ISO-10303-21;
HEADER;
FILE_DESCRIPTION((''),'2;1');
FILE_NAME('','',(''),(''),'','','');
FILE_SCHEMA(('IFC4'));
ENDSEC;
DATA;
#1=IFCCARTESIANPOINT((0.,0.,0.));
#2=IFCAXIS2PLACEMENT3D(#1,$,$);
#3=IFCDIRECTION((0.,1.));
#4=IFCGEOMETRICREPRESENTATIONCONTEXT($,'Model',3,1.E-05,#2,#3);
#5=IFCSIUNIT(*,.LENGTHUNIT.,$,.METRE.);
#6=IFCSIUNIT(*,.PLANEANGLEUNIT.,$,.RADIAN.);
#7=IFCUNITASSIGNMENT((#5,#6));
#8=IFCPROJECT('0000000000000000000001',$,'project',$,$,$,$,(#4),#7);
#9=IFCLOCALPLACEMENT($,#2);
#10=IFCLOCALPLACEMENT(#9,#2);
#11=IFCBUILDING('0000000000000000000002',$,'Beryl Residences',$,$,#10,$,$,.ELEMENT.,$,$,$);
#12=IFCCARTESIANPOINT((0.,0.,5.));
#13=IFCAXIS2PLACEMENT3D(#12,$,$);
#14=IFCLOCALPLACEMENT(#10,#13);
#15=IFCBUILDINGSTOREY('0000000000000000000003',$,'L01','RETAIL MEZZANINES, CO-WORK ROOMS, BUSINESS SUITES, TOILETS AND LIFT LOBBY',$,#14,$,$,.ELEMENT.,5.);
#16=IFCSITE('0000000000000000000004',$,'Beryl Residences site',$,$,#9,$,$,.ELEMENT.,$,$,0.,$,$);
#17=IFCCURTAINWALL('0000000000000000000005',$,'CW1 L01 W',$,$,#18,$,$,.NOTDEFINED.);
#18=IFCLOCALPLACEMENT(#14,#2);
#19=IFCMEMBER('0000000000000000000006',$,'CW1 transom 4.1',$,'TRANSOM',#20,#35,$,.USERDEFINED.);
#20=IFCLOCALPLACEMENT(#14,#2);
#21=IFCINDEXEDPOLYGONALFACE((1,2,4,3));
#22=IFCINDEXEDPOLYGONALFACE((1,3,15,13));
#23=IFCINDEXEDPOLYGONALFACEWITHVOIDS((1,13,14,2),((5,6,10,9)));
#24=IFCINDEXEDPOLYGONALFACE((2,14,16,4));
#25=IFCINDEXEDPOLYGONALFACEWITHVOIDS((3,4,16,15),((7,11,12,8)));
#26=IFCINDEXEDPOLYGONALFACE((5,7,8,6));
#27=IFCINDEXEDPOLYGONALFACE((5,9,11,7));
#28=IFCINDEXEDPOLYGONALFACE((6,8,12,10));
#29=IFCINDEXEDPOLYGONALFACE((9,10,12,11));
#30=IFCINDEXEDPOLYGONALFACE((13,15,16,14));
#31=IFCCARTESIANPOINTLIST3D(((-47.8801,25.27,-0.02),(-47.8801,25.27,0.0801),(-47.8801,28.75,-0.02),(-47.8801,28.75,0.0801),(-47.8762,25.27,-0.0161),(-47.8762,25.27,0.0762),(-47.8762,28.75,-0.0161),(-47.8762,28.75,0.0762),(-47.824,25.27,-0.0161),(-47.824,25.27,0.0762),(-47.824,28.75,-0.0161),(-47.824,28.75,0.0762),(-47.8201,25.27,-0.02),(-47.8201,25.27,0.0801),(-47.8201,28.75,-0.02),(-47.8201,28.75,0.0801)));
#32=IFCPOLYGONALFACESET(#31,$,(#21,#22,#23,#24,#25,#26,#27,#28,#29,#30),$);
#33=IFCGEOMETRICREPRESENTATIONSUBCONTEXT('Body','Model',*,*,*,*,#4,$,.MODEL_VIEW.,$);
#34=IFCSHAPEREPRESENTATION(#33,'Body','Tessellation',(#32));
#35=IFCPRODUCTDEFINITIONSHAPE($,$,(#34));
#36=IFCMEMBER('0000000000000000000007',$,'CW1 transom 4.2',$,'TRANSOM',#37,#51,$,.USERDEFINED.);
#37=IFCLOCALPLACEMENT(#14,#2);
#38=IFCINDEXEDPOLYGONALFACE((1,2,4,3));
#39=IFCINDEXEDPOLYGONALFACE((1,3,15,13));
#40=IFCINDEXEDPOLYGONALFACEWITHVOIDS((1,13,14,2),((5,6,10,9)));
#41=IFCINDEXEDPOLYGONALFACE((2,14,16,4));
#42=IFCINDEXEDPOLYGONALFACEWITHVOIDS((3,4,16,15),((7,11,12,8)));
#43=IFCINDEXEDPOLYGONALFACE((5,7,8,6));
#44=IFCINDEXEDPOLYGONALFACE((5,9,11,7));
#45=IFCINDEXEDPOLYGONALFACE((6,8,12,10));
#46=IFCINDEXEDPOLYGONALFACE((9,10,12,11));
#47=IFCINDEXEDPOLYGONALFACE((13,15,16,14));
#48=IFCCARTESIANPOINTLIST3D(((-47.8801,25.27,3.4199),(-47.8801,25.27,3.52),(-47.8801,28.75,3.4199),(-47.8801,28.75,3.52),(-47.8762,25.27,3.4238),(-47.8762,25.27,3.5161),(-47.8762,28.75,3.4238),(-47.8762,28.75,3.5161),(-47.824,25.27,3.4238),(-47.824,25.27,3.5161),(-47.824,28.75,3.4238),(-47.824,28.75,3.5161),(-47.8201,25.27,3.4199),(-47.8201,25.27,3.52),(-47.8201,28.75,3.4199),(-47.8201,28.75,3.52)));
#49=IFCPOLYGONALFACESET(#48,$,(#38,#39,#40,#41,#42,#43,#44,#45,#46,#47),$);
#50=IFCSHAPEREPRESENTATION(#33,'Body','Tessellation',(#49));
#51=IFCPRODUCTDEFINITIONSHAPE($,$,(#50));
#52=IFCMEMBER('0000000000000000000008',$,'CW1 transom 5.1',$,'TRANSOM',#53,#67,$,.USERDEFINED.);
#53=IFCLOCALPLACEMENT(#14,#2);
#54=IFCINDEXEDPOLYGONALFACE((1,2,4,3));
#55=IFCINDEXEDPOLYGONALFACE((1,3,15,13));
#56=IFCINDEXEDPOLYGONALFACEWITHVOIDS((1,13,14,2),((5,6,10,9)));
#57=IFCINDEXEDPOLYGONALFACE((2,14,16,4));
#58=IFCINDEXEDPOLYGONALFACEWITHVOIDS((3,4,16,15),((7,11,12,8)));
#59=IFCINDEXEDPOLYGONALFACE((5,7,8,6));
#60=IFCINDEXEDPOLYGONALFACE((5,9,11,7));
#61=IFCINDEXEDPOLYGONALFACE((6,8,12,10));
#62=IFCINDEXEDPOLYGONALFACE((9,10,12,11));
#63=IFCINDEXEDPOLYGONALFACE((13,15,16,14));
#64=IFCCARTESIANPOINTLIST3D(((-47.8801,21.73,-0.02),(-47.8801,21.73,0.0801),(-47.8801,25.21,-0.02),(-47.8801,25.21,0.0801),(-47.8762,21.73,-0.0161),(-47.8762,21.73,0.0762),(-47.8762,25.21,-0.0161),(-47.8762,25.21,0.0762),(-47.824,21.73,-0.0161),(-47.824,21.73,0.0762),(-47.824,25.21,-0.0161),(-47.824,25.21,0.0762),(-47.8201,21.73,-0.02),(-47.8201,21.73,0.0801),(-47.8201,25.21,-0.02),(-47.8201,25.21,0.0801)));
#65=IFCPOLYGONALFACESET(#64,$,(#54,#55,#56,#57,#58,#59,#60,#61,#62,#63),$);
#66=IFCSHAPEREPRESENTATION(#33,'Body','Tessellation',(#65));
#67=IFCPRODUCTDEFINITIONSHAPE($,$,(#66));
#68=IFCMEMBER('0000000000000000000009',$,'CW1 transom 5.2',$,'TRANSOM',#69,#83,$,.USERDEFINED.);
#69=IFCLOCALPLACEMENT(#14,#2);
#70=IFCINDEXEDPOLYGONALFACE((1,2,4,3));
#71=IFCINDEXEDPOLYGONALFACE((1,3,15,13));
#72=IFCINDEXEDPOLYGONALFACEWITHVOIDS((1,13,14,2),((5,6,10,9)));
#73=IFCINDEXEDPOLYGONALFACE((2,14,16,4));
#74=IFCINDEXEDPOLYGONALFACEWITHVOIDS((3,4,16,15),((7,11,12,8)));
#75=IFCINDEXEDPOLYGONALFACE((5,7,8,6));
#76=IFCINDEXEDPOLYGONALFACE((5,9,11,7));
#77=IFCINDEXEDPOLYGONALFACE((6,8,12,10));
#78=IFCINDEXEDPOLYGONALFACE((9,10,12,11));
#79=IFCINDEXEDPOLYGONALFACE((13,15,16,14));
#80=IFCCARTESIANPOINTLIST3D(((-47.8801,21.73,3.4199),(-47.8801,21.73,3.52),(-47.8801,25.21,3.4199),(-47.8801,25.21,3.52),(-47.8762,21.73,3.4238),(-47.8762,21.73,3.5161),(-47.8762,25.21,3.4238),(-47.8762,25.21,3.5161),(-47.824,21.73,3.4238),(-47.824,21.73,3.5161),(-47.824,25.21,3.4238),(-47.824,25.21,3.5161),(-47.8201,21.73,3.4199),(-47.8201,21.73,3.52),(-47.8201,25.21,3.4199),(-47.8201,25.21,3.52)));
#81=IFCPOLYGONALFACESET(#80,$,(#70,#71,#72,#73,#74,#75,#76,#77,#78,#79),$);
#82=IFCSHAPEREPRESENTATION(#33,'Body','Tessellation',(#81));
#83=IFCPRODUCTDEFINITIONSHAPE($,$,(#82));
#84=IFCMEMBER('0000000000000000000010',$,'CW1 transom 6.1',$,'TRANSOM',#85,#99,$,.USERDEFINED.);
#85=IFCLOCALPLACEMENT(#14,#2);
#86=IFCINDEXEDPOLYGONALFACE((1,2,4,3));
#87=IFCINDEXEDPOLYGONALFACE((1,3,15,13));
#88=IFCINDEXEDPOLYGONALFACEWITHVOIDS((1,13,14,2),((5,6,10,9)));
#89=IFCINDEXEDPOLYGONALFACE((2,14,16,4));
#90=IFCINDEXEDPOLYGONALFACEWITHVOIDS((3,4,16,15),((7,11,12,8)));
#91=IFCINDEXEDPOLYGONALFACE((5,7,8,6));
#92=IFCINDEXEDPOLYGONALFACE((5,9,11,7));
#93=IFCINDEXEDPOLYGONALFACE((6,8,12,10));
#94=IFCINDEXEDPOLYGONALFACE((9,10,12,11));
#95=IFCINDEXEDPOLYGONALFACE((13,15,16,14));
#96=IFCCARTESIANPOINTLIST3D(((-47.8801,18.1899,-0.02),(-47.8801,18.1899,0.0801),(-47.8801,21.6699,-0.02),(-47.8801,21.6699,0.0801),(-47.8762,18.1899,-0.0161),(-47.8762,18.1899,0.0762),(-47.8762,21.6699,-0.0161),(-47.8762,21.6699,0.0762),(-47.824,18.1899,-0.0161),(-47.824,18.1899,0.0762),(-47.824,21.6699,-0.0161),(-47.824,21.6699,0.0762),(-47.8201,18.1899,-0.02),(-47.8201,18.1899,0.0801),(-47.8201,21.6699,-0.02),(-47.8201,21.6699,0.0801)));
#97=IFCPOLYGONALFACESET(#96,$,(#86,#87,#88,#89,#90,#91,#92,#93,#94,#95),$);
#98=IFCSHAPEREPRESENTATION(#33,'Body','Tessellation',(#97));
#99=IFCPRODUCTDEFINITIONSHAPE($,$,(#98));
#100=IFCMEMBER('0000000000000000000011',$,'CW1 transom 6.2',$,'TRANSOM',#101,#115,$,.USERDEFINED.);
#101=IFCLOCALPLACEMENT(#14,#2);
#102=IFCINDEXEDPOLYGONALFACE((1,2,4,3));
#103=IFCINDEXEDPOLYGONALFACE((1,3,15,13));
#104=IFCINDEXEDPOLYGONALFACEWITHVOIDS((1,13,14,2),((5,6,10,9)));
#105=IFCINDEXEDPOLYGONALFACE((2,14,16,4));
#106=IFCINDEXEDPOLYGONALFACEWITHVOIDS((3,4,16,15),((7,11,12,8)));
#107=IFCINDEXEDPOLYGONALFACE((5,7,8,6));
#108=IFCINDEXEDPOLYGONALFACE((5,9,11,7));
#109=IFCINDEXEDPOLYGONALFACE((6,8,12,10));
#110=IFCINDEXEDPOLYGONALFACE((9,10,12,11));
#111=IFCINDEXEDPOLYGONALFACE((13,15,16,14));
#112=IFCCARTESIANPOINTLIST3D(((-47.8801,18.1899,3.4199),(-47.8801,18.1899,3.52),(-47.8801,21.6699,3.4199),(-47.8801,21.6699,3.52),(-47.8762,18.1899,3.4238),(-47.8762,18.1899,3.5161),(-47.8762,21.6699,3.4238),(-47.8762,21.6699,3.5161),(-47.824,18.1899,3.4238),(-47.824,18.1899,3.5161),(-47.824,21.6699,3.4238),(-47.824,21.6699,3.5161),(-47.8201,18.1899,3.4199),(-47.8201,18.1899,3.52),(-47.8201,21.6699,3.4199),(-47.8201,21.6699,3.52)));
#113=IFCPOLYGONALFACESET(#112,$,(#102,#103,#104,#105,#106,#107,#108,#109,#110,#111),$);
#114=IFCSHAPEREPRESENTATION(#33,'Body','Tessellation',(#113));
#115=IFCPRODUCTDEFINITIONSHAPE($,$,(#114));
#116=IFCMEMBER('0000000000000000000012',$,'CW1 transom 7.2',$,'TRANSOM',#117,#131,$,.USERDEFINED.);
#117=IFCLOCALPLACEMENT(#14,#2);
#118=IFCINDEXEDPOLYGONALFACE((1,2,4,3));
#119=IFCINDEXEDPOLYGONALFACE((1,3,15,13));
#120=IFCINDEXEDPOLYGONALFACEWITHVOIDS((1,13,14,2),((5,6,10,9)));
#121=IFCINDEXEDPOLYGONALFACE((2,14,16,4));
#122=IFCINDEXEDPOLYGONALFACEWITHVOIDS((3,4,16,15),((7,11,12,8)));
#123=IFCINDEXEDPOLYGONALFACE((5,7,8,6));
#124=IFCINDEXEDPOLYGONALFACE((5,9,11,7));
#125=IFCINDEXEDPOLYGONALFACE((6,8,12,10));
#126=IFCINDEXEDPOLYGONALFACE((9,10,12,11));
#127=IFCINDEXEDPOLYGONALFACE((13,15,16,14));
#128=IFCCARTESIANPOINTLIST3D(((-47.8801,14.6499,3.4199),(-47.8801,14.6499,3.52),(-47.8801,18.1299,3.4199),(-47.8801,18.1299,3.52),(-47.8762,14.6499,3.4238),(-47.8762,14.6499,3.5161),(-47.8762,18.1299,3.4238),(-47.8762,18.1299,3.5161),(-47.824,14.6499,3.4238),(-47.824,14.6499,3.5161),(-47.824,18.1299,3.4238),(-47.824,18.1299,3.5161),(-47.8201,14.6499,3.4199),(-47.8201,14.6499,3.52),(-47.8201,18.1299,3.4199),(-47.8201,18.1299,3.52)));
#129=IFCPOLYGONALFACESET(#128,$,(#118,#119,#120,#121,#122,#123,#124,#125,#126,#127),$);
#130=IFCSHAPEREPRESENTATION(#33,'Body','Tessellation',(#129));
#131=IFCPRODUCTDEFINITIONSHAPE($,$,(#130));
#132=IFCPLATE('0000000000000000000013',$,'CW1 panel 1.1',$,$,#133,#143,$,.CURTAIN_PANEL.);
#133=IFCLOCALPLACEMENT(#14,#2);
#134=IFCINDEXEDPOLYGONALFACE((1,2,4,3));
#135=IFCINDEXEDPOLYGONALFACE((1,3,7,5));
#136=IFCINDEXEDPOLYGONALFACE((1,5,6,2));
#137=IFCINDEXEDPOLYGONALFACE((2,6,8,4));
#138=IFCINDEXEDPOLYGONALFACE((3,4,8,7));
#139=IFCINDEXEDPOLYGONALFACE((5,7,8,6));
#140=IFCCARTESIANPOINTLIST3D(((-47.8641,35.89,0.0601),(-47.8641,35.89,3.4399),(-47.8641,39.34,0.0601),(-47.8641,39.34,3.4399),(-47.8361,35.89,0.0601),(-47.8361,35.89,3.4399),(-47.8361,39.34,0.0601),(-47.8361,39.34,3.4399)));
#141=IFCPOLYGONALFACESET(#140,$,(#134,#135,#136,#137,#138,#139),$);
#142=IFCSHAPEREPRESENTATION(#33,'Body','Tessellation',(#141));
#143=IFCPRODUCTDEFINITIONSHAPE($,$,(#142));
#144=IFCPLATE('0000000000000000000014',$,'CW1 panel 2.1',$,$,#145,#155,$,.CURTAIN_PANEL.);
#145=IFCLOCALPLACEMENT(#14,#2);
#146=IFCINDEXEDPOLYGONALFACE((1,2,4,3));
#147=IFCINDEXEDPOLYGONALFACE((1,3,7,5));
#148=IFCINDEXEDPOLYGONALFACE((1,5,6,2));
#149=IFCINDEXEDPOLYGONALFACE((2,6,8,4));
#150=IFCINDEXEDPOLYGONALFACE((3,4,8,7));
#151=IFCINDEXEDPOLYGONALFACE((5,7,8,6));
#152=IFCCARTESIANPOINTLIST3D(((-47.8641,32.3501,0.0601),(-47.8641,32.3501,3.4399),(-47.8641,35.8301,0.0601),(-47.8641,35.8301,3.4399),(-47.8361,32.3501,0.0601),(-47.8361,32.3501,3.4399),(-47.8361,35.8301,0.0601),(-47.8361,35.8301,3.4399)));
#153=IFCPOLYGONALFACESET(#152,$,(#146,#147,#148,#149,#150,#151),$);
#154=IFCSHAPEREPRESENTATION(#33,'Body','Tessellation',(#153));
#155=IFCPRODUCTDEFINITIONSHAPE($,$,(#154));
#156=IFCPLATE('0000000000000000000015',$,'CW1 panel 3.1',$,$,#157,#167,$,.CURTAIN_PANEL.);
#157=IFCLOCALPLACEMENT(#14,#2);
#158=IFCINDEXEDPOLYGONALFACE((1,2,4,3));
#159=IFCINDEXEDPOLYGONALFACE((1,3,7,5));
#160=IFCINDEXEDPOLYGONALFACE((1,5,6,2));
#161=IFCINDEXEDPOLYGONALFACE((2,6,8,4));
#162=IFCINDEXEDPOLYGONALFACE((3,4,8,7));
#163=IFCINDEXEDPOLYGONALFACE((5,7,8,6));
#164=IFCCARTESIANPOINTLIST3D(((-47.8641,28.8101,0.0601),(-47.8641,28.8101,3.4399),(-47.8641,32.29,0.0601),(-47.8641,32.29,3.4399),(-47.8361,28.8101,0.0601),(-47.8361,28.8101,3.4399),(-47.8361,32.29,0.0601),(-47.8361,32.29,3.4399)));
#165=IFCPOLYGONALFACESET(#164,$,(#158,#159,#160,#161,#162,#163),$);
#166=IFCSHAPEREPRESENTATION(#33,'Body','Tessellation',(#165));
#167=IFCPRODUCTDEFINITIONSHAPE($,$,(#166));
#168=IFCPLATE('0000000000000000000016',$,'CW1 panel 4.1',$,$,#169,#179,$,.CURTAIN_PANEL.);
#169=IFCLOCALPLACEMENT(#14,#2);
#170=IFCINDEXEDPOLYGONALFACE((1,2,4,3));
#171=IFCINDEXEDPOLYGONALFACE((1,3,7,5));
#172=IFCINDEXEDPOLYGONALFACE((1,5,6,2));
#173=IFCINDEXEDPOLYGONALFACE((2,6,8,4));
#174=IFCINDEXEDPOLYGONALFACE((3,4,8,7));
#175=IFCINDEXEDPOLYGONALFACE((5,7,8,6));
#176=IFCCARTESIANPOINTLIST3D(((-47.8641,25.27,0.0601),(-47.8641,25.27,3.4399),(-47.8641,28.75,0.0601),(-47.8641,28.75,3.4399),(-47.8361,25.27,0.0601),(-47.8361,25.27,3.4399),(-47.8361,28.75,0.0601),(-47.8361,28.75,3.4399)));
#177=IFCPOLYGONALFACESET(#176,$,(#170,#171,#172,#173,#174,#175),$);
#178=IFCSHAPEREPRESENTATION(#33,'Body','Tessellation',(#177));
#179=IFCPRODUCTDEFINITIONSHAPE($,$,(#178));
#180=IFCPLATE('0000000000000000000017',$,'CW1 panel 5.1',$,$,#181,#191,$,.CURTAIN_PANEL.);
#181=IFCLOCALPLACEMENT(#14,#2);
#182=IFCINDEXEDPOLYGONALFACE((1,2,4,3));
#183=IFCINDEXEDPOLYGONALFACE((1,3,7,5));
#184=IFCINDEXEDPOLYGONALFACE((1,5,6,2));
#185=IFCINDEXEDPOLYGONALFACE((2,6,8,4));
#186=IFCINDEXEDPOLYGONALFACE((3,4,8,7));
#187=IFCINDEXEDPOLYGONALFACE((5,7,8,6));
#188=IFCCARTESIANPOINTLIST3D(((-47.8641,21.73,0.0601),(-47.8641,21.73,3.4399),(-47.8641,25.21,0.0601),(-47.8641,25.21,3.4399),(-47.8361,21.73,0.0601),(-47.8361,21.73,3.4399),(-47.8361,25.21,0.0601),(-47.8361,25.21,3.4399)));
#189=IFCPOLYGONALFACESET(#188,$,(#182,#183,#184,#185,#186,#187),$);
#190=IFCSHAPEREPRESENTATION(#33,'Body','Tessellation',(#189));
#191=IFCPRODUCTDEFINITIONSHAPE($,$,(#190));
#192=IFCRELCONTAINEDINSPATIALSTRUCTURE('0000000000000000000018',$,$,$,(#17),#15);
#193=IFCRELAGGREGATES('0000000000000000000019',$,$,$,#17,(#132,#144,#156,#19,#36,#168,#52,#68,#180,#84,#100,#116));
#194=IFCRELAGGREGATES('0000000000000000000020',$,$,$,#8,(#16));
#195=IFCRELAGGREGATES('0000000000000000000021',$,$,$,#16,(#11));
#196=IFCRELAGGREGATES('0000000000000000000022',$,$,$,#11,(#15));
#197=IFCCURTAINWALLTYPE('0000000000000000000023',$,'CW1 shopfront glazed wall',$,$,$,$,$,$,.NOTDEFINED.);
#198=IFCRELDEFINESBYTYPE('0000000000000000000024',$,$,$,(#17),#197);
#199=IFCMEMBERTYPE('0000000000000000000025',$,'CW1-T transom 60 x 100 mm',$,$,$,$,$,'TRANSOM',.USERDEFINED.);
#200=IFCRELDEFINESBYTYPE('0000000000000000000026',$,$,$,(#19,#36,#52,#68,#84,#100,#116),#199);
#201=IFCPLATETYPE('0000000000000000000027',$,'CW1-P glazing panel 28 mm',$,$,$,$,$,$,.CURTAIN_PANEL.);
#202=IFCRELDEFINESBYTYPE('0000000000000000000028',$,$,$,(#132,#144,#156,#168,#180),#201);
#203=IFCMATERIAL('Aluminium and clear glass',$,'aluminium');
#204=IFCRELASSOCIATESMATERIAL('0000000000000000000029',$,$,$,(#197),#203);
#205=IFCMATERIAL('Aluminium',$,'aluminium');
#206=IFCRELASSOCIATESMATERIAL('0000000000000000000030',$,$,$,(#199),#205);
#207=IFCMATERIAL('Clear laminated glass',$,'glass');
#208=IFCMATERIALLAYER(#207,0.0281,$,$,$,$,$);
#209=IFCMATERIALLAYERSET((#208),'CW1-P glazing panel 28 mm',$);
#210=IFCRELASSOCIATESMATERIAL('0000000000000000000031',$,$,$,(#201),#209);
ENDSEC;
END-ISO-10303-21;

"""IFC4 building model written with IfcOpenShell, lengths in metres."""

from ifc_helpers import new_model, si_unit, direction, frame, origin, origin_2d, place, context, subcontext, project, spatial, rectangle, hollow_rectangle, extrude, material, layer, layer_set, material_profile, profile_set, type_object, element, aggregate, save


model = new_model("IFC4")

# Units and contexts
model_context = context("Model", 3, precision=1e-05, world=origin(), true_north=direction((0.0, 1.0)))
body_context = subcontext(model_context, "Body", "Model", "MODEL_VIEW")
ifc_project = project(units=[si_unit("LENGTHUNIT", "METRE"), si_unit("PLANEANGLEUNIT", "RADIAN")], contexts=[model_context])

# Site, building, storey
site_placement = place(None, origin())
site = spatial("IfcSite", under=ifc_project, at=site_placement, Name="Beryl Residences site", CompositionType="ELEMENT", RefElevation=0.0)
building_placement = place(site_placement, origin())
building = spatial("IfcBuilding", under=site, at=building_placement, Name="Beryl Residences", CompositionType="ELEMENT")
storey_placement = place(building_placement, frame((0.0, 0.0, 5.0)))
storey = spatial("IfcBuildingStorey", under=building, at=storey_placement, Name="L01", Description="RETAIL MEZZANINES, CO-WORK ROOMS, BUSINESS SUITES, TOILETS AND LIFT LOBBY", CompositionType="ELEMENT", Elevation=5.0)

# Curtain wall, members, plates
ifc_material_1 = material(Name="Aluminium and clear glass", Category="aluminium")
curtain_wall_type = type_object("IfcCurtainWallType", Name="CW1 shopfront glazed wall", PredefinedType="NOTDEFINED", material=ifc_material_1)
curtain_wall_placement = place(storey_placement, origin())
curtain_wall = element("IfcCurtainWall", 1, at=curtain_wall_placement, inside=storey, type_object=curtain_wall_type, Name="CW1 L01 W", PredefinedType="NOTDEFINED")
ifc_material_2 = material(Name="Aluminium", Category="aluminium")
ifc_material_profile_1 = material_profile(ifc_material_2, hollow_rectangle(XDim=0.0601, YDim=0.1001, WallThickness=0.0039, at=origin_2d()))
ifc_profile_set_1 = profile_set([ifc_material_profile_1], Name="Aluminium")
member_type_1 = type_object("IfcMemberType", Name="CW1-T transom 60 x 100 mm", ElementType="TRANSOM", PredefinedType="USERDEFINED", material=ifc_profile_set_1)
member_1_placement = place(storey_placement, frame((-47.8501, 28.75, 0.03), z_axis=(0.0, -1.0, 0.0), x_axis=(1.0, 0.0, 0.0)))
member_1 = element("IfcMember", 2, at=member_1_placement, type_object=member_type_1, Name="CW1 transom 4.1", ObjectType="TRANSOM", PredefinedType="USERDEFINED", context=body_context, shape_type="SweptSolid", body=[
    extrude(hollow_rectangle(XDim=0.0601, YDim=0.1001, WallThickness=0.0039, at=origin_2d()), origin(), (0.0, 0.0, 1.0), 3.48),
])
member_2_placement = place(storey_placement, frame((-47.8501, 28.75, 3.47), z_axis=(0.0, -1.0, 0.0), x_axis=(1.0, 0.0, 0.0)))
member_2 = element("IfcMember", 3, at=member_2_placement, type_object=member_type_1, Name="CW1 transom 4.2", ObjectType="TRANSOM", PredefinedType="USERDEFINED", context=body_context, shape_type="SweptSolid", body=[
    extrude(hollow_rectangle(XDim=0.0601, YDim=0.1001, WallThickness=0.0039, at=origin_2d()), origin(), (0.0, 0.0, 1.0), 3.48),
])
member_3_placement = place(storey_placement, frame((-47.8501, 25.21, 0.03), z_axis=(0.0, -1.0, 0.0), x_axis=(1.0, 0.0, 0.0)))
member_3 = element("IfcMember", 4, at=member_3_placement, type_object=member_type_1, Name="CW1 transom 5.1", ObjectType="TRANSOM", PredefinedType="USERDEFINED", context=body_context, shape_type="SweptSolid", body=[
    extrude(hollow_rectangle(XDim=0.0601, YDim=0.1001, WallThickness=0.0039, at=origin_2d()), origin(), (0.0, 0.0, 1.0), 3.48),
])
member_4_placement = place(storey_placement, frame((-47.8501, 25.21, 3.47), z_axis=(0.0, -1.0, 0.0), x_axis=(1.0, 0.0, 0.0)))
member_4 = element("IfcMember", 5, at=member_4_placement, type_object=member_type_1, Name="CW1 transom 5.2", ObjectType="TRANSOM", PredefinedType="USERDEFINED", context=body_context, shape_type="SweptSolid", body=[
    extrude(hollow_rectangle(XDim=0.0601, YDim=0.1001, WallThickness=0.0039, at=origin_2d()), origin(), (0.0, 0.0, 1.0), 3.48),
])
member_5_placement = place(storey_placement, frame((-47.8501, 21.6699, 0.03), z_axis=(0.0, -1.0, 0.0), x_axis=(1.0, 0.0, 0.0)))
member_5 = element("IfcMember", 6, at=member_5_placement, type_object=member_type_1, Name="CW1 transom 6.1", ObjectType="TRANSOM", PredefinedType="USERDEFINED", context=body_context, shape_type="SweptSolid", body=[
    extrude(hollow_rectangle(XDim=0.0601, YDim=0.1001, WallThickness=0.0039, at=origin_2d()), origin(), (0.0, 0.0, 1.0), 3.48),
])
member_6_placement = place(storey_placement, frame((-47.8501, 21.6699, 3.47), z_axis=(0.0, -1.0, 0.0), x_axis=(1.0, 0.0, 0.0)))
member_6 = element("IfcMember", 7, at=member_6_placement, type_object=member_type_1, Name="CW1 transom 6.2", ObjectType="TRANSOM", PredefinedType="USERDEFINED", context=body_context, shape_type="SweptSolid", body=[
    extrude(hollow_rectangle(XDim=0.0601, YDim=0.1001, WallThickness=0.0039, at=origin_2d()), origin(), (0.0, 0.0, 1.0), 3.48),
])
member_7_placement = place(storey_placement, frame((-47.8501, 18.1299, 3.47), z_axis=(0.0, -1.0, 0.0), x_axis=(1.0, 0.0, 0.0)))
member_7 = element("IfcMember", 8, at=member_7_placement, type_object=member_type_1, Name="CW1 transom 7.2", ObjectType="TRANSOM", PredefinedType="USERDEFINED", context=body_context, shape_type="SweptSolid", body=[
    extrude(hollow_rectangle(XDim=0.0601, YDim=0.1001, WallThickness=0.0039, at=origin_2d()), origin(), (0.0, 0.0, 1.0), 3.48),
])
ifc_material_3 = material(Name="Clear laminated glass", Category="glass")
ifc_layer_1 = layer(ifc_material_3, 0.0281)
ifc_layer_set_1 = layer_set([ifc_layer_1], Name="CW1-P glazing panel 28 mm")
plate_type = type_object("IfcPlateType", Name="CW1-P glazing panel 28 mm", PredefinedType="CURTAIN_PANEL", material=ifc_layer_set_1)
plate_1_placement = place(storey_placement, frame((-47.8501, 37.615, 0.0601), z_axis=(0.0, 0.0, 1.0), x_axis=(0.0, -1.0, 0.0)))
plate_1 = element("IfcPlate", 9, at=plate_1_placement, type_object=plate_type, Name="CW1 panel 1.1", PredefinedType="CURTAIN_PANEL", context=body_context, shape_type="SweptSolid", body=[
    extrude(rectangle(XDim=3.45, YDim=0.0281, at=origin_2d()), origin(), (0.0, 0.0, 1.0), 3.3799),
])
plate_2_placement = place(storey_placement, frame((-47.8501, 34.0901, 0.0601), z_axis=(0.0, 0.0, 1.0), x_axis=(0.0, -1.0, 0.0)))
plate_2 = element("IfcPlate", 10, at=plate_2_placement, type_object=plate_type, Name="CW1 panel 2.1", PredefinedType="CURTAIN_PANEL", context=body_context, shape_type="SweptSolid", body=[
    extrude(rectangle(XDim=3.48, YDim=0.0281, at=origin_2d()), origin(), (0.0, 0.0, 1.0), 3.3799),
])
plate_3_placement = place(storey_placement, frame((-47.8501, 30.55, 0.0601), z_axis=(0.0, 0.0, 1.0), x_axis=(0.0, -1.0, 0.0)))
plate_3 = element("IfcPlate", 11, at=plate_3_placement, type_object=plate_type, Name="CW1 panel 3.1", PredefinedType="CURTAIN_PANEL", context=body_context, shape_type="SweptSolid", body=[
    extrude(rectangle(XDim=3.48, YDim=0.0281, at=origin_2d()), origin(), (0.0, 0.0, 1.0), 3.3799),
])
plate_4_placement = place(storey_placement, frame((-47.8501, 27.01, 0.0601), z_axis=(0.0, 0.0, 1.0), x_axis=(0.0, -1.0, 0.0)))
plate_4 = element("IfcPlate", 12, at=plate_4_placement, type_object=plate_type, Name="CW1 panel 4.1", PredefinedType="CURTAIN_PANEL", context=body_context, shape_type="SweptSolid", body=[
    extrude(rectangle(XDim=3.48, YDim=0.0281, at=origin_2d()), origin(), (0.0, 0.0, 1.0), 3.3799),
])
plate_5_placement = place(storey_placement, frame((-47.8501, 23.47, 0.0601), z_axis=(0.0, 0.0, 1.0), x_axis=(0.0, -1.0, 0.0)))
plate_5 = element("IfcPlate", 13, at=plate_5_placement, type_object=plate_type, Name="CW1 panel 5.1", PredefinedType="CURTAIN_PANEL", context=body_context, shape_type="SweptSolid", body=[
    extrude(rectangle(XDim=3.48, YDim=0.0281, at=origin_2d()), origin(), (0.0, 0.0, 1.0), 3.3799),
])
aggregate(curtain_wall, [plate_1, plate_2, plate_3, member_1, member_2, plate_4, member_3, member_4, plate_5, member_5, member_6, member_7])

save(model, "model.ifc")
